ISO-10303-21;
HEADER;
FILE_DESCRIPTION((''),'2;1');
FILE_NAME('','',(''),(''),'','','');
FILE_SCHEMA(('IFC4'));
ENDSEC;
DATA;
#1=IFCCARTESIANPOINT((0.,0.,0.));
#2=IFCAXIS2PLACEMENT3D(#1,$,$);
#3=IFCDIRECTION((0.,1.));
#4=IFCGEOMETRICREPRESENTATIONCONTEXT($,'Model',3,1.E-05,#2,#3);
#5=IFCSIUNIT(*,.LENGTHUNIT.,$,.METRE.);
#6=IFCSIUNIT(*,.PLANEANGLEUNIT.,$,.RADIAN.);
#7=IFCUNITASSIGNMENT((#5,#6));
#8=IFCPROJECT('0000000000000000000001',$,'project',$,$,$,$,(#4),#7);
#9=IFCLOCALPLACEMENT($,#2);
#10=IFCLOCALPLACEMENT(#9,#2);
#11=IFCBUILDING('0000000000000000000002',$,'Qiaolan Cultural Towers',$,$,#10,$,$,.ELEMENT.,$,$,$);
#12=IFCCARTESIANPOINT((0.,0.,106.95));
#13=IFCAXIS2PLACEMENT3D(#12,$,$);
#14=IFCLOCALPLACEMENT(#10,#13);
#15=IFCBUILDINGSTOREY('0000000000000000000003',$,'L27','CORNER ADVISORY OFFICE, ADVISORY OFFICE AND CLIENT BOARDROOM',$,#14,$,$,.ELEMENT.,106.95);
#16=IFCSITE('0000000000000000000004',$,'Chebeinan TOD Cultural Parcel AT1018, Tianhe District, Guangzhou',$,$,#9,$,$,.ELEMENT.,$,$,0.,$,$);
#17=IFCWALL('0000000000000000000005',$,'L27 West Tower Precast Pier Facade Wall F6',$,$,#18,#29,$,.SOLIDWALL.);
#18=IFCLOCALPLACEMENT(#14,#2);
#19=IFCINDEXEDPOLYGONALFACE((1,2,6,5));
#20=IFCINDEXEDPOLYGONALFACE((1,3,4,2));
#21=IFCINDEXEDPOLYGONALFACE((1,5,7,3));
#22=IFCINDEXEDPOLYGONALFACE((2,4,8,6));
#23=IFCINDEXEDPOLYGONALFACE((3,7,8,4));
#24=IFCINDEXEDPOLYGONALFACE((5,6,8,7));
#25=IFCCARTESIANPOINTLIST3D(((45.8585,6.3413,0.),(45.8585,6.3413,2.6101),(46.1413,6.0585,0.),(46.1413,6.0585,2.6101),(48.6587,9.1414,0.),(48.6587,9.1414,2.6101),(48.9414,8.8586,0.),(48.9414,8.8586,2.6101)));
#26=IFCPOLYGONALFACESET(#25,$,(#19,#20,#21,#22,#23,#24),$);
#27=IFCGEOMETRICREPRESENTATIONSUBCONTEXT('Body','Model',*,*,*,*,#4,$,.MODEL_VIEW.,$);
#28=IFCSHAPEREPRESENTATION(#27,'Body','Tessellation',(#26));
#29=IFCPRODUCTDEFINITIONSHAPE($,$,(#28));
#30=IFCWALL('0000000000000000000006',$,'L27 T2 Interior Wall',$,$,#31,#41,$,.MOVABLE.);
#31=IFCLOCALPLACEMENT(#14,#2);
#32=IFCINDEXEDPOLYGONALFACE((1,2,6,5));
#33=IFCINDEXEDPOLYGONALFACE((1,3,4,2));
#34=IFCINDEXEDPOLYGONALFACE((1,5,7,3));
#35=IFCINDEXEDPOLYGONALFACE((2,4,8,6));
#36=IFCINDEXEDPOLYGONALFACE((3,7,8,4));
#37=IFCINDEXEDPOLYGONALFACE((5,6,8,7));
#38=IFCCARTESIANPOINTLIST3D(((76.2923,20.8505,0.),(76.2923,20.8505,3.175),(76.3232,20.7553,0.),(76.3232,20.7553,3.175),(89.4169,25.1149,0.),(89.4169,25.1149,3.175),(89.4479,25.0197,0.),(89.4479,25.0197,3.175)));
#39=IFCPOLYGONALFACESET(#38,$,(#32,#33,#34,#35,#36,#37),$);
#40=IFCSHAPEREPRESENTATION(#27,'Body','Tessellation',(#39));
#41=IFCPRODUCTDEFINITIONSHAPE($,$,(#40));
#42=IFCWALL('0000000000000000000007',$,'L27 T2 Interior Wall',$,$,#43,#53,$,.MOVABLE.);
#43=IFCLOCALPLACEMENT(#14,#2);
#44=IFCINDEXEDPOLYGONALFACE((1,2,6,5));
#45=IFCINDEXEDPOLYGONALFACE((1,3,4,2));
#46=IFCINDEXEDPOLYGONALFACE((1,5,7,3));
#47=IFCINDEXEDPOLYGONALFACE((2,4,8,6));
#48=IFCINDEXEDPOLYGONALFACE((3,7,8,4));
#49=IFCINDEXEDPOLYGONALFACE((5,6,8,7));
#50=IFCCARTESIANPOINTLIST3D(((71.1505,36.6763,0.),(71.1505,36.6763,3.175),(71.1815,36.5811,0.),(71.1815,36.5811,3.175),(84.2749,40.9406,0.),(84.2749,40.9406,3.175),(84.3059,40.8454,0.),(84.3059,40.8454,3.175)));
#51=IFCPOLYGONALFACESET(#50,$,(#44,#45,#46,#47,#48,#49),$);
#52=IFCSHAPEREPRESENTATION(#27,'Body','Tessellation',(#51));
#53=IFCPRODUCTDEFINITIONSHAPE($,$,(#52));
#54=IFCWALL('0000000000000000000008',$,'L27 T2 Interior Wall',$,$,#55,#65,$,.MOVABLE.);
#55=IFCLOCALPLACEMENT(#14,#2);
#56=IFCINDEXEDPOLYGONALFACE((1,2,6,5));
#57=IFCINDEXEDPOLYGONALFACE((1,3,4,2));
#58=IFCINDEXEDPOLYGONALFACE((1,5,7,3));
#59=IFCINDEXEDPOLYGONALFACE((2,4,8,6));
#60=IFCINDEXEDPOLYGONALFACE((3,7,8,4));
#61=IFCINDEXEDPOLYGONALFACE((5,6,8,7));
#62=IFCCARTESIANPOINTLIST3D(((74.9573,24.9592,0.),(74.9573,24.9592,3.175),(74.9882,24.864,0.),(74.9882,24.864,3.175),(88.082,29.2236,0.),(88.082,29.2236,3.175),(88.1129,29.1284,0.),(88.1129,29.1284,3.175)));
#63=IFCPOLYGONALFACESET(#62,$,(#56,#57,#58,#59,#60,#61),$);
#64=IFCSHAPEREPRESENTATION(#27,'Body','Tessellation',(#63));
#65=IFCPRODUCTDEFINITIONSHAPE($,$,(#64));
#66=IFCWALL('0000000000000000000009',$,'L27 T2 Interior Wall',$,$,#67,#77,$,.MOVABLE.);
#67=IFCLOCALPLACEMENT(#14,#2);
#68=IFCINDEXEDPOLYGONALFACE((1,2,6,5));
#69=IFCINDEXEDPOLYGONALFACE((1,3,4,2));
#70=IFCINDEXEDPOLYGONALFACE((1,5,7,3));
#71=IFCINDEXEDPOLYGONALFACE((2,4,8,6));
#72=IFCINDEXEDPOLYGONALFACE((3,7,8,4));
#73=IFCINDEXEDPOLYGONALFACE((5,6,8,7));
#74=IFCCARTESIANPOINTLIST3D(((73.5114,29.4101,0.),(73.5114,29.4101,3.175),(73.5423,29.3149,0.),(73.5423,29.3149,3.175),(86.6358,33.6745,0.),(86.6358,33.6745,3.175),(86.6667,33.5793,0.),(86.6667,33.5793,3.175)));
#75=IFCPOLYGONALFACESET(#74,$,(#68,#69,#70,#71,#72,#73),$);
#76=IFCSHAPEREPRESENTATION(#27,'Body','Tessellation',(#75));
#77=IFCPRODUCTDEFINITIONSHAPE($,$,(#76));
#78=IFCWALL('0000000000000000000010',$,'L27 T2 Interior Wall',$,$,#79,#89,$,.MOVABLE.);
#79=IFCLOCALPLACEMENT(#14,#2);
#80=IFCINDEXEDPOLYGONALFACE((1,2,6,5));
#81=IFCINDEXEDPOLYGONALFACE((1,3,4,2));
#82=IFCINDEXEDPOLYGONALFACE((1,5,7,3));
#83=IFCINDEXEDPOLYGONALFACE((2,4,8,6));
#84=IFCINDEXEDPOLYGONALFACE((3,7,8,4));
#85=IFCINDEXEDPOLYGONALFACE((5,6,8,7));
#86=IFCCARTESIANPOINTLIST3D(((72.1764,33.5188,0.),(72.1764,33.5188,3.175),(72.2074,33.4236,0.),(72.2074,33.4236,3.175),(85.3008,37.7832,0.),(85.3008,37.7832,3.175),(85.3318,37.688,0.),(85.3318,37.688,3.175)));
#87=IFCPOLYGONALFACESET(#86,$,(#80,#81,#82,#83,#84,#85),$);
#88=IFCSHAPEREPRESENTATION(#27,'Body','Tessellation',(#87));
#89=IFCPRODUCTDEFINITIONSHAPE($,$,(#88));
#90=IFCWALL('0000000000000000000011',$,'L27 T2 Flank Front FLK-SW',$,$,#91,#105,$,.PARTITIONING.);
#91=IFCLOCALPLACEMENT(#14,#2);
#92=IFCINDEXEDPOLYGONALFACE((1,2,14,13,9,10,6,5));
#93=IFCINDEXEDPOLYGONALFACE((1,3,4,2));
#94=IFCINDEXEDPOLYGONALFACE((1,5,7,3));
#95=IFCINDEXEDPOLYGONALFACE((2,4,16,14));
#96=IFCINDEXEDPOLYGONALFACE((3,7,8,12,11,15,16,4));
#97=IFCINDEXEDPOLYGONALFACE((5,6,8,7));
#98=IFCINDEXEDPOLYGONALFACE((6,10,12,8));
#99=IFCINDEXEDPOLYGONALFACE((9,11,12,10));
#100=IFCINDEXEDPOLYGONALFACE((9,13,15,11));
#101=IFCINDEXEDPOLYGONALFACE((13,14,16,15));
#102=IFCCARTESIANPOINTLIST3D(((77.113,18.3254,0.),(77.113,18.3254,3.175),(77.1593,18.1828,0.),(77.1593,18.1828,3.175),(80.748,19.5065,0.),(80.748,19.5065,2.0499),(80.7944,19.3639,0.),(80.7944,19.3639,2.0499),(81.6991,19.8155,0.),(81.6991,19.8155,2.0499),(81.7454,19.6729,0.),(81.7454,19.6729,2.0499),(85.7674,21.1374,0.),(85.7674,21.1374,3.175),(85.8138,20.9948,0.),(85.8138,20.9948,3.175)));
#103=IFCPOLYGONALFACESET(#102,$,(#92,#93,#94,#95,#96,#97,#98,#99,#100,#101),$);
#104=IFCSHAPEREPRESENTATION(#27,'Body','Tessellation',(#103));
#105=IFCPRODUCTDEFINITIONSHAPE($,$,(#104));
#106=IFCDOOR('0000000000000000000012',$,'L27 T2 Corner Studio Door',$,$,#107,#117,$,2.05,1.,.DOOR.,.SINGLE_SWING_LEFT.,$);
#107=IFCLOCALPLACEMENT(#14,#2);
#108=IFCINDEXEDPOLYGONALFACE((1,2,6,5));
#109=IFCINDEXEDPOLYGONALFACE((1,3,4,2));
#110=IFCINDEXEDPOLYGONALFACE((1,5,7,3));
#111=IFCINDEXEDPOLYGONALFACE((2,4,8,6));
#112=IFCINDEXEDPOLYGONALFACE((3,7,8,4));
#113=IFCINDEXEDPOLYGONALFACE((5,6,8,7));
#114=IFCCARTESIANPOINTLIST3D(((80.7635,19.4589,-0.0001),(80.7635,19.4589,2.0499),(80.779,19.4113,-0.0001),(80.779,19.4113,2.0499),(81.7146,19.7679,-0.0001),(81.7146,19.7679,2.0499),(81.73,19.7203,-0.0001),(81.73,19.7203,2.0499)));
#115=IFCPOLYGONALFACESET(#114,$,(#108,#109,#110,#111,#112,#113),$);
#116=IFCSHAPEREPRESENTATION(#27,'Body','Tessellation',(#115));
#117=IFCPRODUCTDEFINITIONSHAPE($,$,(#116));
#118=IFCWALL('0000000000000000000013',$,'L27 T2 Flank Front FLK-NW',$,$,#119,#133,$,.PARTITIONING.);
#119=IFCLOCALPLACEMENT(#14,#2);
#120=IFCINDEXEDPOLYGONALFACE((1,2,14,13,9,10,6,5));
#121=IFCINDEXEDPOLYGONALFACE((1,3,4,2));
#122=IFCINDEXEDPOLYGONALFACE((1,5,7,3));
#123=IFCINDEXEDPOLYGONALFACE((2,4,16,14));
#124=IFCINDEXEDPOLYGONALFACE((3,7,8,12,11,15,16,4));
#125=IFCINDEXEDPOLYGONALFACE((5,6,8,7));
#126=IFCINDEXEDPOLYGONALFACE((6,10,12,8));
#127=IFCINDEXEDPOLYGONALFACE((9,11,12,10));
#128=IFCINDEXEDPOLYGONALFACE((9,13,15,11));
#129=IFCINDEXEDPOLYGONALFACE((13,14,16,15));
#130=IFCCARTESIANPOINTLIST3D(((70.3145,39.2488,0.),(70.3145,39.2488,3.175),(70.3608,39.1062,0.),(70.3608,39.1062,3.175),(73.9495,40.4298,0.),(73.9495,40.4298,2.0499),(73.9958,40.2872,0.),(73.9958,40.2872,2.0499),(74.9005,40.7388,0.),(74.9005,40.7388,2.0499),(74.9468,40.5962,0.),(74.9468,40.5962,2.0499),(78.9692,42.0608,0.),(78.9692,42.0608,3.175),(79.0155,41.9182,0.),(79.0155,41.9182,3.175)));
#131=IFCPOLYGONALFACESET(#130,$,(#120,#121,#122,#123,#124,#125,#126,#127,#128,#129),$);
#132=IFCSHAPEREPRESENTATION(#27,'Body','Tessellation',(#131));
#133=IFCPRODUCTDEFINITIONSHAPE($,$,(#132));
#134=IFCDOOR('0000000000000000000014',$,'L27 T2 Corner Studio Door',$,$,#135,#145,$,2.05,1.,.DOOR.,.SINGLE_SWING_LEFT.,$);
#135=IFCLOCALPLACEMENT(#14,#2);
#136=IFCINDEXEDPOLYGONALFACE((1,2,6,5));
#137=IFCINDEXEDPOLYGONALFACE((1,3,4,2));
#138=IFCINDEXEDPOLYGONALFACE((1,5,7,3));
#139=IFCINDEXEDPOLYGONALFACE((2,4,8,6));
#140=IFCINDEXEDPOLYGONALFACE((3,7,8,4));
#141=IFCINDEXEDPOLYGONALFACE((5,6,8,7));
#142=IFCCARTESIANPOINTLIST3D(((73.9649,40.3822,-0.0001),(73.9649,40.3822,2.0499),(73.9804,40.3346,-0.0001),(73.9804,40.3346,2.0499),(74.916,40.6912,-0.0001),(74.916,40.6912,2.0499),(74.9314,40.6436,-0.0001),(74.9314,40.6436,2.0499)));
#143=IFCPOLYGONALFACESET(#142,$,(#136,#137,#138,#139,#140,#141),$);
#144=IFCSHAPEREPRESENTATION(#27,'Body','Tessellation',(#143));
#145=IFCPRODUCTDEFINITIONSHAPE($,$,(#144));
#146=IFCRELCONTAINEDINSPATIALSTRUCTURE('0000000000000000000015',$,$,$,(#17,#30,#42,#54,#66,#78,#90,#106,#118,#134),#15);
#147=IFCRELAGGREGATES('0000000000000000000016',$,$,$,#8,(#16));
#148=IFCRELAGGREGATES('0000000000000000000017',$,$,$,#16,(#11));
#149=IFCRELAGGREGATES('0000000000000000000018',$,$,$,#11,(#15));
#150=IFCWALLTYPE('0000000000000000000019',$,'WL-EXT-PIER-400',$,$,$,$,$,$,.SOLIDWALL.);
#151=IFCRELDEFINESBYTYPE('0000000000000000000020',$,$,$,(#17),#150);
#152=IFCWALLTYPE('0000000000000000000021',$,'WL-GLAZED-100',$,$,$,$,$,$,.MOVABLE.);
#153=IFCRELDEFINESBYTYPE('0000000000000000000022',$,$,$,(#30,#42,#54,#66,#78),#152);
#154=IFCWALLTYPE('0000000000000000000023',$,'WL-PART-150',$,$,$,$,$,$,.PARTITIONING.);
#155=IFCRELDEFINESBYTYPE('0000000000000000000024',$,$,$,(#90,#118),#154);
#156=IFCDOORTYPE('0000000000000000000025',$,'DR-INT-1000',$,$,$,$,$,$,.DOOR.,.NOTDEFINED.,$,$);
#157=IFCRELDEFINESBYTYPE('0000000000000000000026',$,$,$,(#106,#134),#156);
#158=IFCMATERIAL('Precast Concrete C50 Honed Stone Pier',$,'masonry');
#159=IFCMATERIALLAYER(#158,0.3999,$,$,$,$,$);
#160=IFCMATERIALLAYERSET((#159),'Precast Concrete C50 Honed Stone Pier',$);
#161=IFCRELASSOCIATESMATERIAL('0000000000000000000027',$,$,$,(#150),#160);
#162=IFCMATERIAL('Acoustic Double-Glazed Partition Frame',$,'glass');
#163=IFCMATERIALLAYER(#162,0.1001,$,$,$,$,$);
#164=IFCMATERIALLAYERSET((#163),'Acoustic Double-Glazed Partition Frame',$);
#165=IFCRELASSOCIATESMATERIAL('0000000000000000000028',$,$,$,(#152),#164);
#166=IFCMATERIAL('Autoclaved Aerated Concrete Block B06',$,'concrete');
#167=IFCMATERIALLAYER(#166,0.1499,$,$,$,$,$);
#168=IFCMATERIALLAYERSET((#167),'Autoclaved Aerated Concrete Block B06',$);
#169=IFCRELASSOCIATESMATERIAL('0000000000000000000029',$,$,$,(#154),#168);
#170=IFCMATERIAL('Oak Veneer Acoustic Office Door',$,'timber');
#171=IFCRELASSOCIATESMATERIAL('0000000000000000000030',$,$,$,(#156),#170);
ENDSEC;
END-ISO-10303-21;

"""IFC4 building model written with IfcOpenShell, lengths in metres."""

from ifc_helpers import new_model, si_unit, direction, frame, frame_2d, origin, place, context, subcontext, project, spatial, rectangle, extrude, material, layer, layer_set, type_object, element, fill, save


model = new_model("IFC4")

# Units and contexts
model_context = context("Model", 3, precision=1e-05, world=origin(), true_north=direction((0.0, 1.0)))
body_context = subcontext(model_context, "Body", "Model", "MODEL_VIEW")
ifc_project = project(units=[si_unit("LENGTHUNIT", "METRE"), si_unit("PLANEANGLEUNIT", "RADIAN")], contexts=[model_context])

# Site, building, storey
site_placement = place(None, origin())
site = spatial("IfcSite", under=ifc_project, at=site_placement, Name="Chebeinan TOD Cultural Parcel AT1018, Tianhe District, Guangzhou", CompositionType="ELEMENT", RefElevation=0.0)
building_placement = place(site_placement, origin())
building = spatial("IfcBuilding", under=site, at=building_placement, Name="Qiaolan Cultural Towers", CompositionType="ELEMENT")
storey_placement = place(building_placement, frame((0.0, 0.0, 106.95)))
storey = spatial("IfcBuildingStorey", under=building, at=storey_placement, Name="L27", Description="CORNER ADVISORY OFFICE, ADVISORY OFFICE AND CLIENT BOARDROOM", CompositionType="ELEMENT", Elevation=106.95)

# Walls
ifc_material_1 = material(Name="Precast Concrete C50 Honed Stone Pier", Category="masonry")
ifc_layer_1 = layer(ifc_material_1, 0.3999)
ifc_layer_set_1 = layer_set([ifc_layer_1], Name="Precast Concrete C50 Honed Stone Pier")
wall_type_1 = type_object("IfcWallType", Name="WL-EXT-PIER-400", PredefinedType="SOLIDWALL", material=ifc_layer_set_1)
wall_1_placement = place(storey_placement, frame((48.8, 9.0, 0.0), z_axis=(0.0, 0.0, 1.0), x_axis=(-0.707107, -0.707107, 0.0)))
element("IfcWall", 1, at=wall_1_placement, inside=storey, type_object=wall_type_1, Name="L27 West Tower Precast Pier Facade Wall F6", PredefinedType="SOLIDWALL", context=body_context, shape_type="SweptSolid", body=[
    extrude(rectangle(XDim=3.96, YDim=0.3999, at=frame_2d((1.98, 0.0))), origin(), (0.0, 0.0, 1.0), 2.6101),
])
ifc_material_2 = material(Name="Acoustic Double-Glazed Partition Frame", Category="glass")
ifc_layer_2 = layer(ifc_material_2, 0.1001)
ifc_layer_set_2 = layer_set([ifc_layer_2], Name="Acoustic Double-Glazed Partition Frame")
wall_type_2 = type_object("IfcWallType", Name="WL-GLAZED-100", PredefinedType="MOVABLE", material=ifc_layer_set_2)
wall_2_placement = place(storey_placement, frame((76.3079, 20.803, 0.0), z_axis=(0.0, 0.0, 1.0), x_axis=(0.951058, 0.309011, 0.0)))
element("IfcWall", 2, at=wall_2_placement, inside=storey, type_object=wall_type_2, Name="L27 T2 Interior Wall", PredefinedType="MOVABLE", context=body_context, shape_type="SweptSolid", body=[
    extrude(rectangle(XDim=13.8, YDim=0.1001, at=frame_2d((6.8999, 0.0))), origin(), (0.0, 0.0, 1.0), 3.175),
])
wall_3_placement = place(storey_placement, frame((71.166, 36.6287, 0.0), z_axis=(0.0, 0.0, 1.0), x_axis=(0.951057, 0.309016, 0.0)))
element("IfcWall", 3, at=wall_3_placement, inside=storey, type_object=wall_type_2, Name="L27 T2 Interior Wall", PredefinedType="MOVABLE", context=body_context, shape_type="SweptSolid", body=[
    extrude(rectangle(XDim=13.7998, YDim=0.1001, at=frame_2d((6.8999, 0.0))), origin(), (0.0, 0.0, 1.0), 3.175),
])
wall_4_placement = place(storey_placement, frame((74.9729, 24.9116, 0.0), z_axis=(0.0, 0.0, 1.0), x_axis=(0.951058, 0.309011, 0.0)))
element("IfcWall", 4, at=wall_4_placement, inside=storey, type_object=wall_type_2, Name="L27 T2 Interior Wall", PredefinedType="MOVABLE", context=body_context, shape_type="SweptSolid", body=[
    extrude(rectangle(XDim=13.8, YDim=0.1001, at=frame_2d((6.8999, 0.0))), origin(), (0.0, 0.0, 1.0), 3.175),
])
for number, where, z_axis, x_axis, name in (
    (5, (73.5269, 29.3625, 0.0), (0.0, 0.0, 1.0), (0.951057, 0.309016, 0.0), "L27 T2 Interior Wall"),
    (6, (72.1919, 33.4712, 0.0), (0.0, 0.0, 1.0), (0.951057, 0.309016, 0.0), "L27 T2 Interior Wall"),
):
    element("IfcWall", number, at=place(storey_placement, frame(where, z_axis=z_axis, x_axis=x_axis)), inside=storey, type_object=wall_type_2, Name=name, PredefinedType="MOVABLE", context=body_context, shape_type="SweptSolid", body=[
        extrude(rectangle(XDim=13.7998, YDim=0.1001, at=frame_2d((6.8999, 0.0))), origin(), (0.0, 0.0, 1.0), 3.175),
    ])

# Walls, openings, doors
ifc_material_3 = material(Name="Autoclaved Aerated Concrete Block B06", Category="concrete")
ifc_layer_3 = layer(ifc_material_3, 0.1499)
ifc_layer_set_3 = layer_set([ifc_layer_3], Name="Autoclaved Aerated Concrete Block B06")
wall_type_3 = type_object("IfcWallType", Name="WL-PART-150", PredefinedType="PARTITIONING", material=ifc_layer_set_3)
wall_5_placement = place(storey_placement, frame((77.1362, 18.2542, 0.0), z_axis=(0.0, 0.0, 1.0), x_axis=(0.951057, 0.309015, 0.0)))
wall_5 = element("IfcWall", 7, at=wall_5_placement, inside=storey, type_object=wall_type_3, Name="L27 T2 Flank Front FLK-SW", PredefinedType="PARTITIONING", context=body_context, shape_type="SweptSolid", body=[
    extrude(rectangle(XDim=9.0999, YDim=0.1499, at=frame_2d((4.5498, 0.0))), origin(), (0.0, 0.0, 1.0), 3.175),
])
opening_1_placement = place(wall_5_placement, frame((3.822, 0.0, 0.0)))
opening_1 = element("IfcOpeningElement", 8, at=opening_1_placement, cuts=wall_5, PredefinedType="OPENING", context=body_context, shape_type="SweptSolid", body=[
    extrude(rectangle(XDim=1.0, YDim=2.05, at=frame_2d((0.5, 1.0249))), frame((0.0, 0.085, 0.0), z_axis=(0.0, -1.0, 0.0), x_axis=(1.0, 0.0, 0.0)), (0.0, 0.0, 1.0), 0.1699),
])
ifc_material_4 = material(Name="Oak Veneer Acoustic Office Door", Category="timber")
door_type = type_object("IfcDoorType", Name="DR-INT-1000", OperationType="NOTDEFINED", PredefinedType="DOOR", material=ifc_material_4)
door_1_placement = place(opening_1_placement, origin())
door_1 = element("IfcDoor", 9, at=door_1_placement, inside=storey, type_object=door_type, Name="L27 T2 Corner Studio Door", OperationType="SINGLE_SWING_LEFT", OverallHeight=2.05, OverallWidth=1.0, PredefinedType="DOOR", context=body_context, shape_type="SweptSolid", body=[
    extrude(rectangle(XDim=1.0, YDim=2.05, at=frame_2d((0.5, 1.0249))), frame((0.0, 0.0249, 0.0), z_axis=(0.0, -1.0, 0.0), x_axis=(1.0, 0.0, 0.0)), (0.0, 0.0, 1.0), 0.05),
])
fill(opening_1, door_1)
wall_6_placement = place(storey_placement, frame((70.3376, 39.1775, 0.0), z_axis=(0.0, 0.0, 1.0), x_axis=(0.95106, 0.309007, 0.0)))
wall_6 = element("IfcWall", 10, at=wall_6_placement, inside=storey, type_object=wall_type_3, Name="L27 T2 Flank Front FLK-NW", PredefinedType="PARTITIONING", context=body_context, shape_type="SweptSolid", body=[
    extrude(rectangle(XDim=9.1001, YDim=0.1499, at=frame_2d((4.55, 0.0))), origin(), (0.0, 0.0, 1.0), 3.175),
])
opening_2_placement = place(wall_6_placement, frame((3.822, 0.0, 0.0)))
opening_2 = element("IfcOpeningElement", 11, at=opening_2_placement, cuts=wall_6, PredefinedType="OPENING", context=body_context, shape_type="SweptSolid", body=[
    extrude(rectangle(XDim=1.0, YDim=2.05, at=frame_2d((0.5, 1.0249))), frame((0.0, 0.085, 0.0), z_axis=(0.0, -1.0, 0.0), x_axis=(1.0, 0.0, 0.0)), (0.0, 0.0, 1.0), 0.1699),
])
door_2_placement = place(opening_2_placement, origin())
door_2 = element("IfcDoor", 12, at=door_2_placement, inside=storey, type_object=door_type, Name="L27 T2 Corner Studio Door", OperationType="SINGLE_SWING_LEFT", OverallHeight=2.05, OverallWidth=1.0, PredefinedType="DOOR", context=body_context, shape_type="SweptSolid", body=[
    extrude(rectangle(XDim=1.0, YDim=2.05, at=frame_2d((0.5, 1.0249))), frame((0.0, 0.0249, 0.0), z_axis=(0.0, -1.0, 0.0), x_axis=(1.0, 0.0, 0.0)), (0.0, 0.0, 1.0), 0.05),
])
fill(opening_2, door_2)

save(model, "model.ifc")
